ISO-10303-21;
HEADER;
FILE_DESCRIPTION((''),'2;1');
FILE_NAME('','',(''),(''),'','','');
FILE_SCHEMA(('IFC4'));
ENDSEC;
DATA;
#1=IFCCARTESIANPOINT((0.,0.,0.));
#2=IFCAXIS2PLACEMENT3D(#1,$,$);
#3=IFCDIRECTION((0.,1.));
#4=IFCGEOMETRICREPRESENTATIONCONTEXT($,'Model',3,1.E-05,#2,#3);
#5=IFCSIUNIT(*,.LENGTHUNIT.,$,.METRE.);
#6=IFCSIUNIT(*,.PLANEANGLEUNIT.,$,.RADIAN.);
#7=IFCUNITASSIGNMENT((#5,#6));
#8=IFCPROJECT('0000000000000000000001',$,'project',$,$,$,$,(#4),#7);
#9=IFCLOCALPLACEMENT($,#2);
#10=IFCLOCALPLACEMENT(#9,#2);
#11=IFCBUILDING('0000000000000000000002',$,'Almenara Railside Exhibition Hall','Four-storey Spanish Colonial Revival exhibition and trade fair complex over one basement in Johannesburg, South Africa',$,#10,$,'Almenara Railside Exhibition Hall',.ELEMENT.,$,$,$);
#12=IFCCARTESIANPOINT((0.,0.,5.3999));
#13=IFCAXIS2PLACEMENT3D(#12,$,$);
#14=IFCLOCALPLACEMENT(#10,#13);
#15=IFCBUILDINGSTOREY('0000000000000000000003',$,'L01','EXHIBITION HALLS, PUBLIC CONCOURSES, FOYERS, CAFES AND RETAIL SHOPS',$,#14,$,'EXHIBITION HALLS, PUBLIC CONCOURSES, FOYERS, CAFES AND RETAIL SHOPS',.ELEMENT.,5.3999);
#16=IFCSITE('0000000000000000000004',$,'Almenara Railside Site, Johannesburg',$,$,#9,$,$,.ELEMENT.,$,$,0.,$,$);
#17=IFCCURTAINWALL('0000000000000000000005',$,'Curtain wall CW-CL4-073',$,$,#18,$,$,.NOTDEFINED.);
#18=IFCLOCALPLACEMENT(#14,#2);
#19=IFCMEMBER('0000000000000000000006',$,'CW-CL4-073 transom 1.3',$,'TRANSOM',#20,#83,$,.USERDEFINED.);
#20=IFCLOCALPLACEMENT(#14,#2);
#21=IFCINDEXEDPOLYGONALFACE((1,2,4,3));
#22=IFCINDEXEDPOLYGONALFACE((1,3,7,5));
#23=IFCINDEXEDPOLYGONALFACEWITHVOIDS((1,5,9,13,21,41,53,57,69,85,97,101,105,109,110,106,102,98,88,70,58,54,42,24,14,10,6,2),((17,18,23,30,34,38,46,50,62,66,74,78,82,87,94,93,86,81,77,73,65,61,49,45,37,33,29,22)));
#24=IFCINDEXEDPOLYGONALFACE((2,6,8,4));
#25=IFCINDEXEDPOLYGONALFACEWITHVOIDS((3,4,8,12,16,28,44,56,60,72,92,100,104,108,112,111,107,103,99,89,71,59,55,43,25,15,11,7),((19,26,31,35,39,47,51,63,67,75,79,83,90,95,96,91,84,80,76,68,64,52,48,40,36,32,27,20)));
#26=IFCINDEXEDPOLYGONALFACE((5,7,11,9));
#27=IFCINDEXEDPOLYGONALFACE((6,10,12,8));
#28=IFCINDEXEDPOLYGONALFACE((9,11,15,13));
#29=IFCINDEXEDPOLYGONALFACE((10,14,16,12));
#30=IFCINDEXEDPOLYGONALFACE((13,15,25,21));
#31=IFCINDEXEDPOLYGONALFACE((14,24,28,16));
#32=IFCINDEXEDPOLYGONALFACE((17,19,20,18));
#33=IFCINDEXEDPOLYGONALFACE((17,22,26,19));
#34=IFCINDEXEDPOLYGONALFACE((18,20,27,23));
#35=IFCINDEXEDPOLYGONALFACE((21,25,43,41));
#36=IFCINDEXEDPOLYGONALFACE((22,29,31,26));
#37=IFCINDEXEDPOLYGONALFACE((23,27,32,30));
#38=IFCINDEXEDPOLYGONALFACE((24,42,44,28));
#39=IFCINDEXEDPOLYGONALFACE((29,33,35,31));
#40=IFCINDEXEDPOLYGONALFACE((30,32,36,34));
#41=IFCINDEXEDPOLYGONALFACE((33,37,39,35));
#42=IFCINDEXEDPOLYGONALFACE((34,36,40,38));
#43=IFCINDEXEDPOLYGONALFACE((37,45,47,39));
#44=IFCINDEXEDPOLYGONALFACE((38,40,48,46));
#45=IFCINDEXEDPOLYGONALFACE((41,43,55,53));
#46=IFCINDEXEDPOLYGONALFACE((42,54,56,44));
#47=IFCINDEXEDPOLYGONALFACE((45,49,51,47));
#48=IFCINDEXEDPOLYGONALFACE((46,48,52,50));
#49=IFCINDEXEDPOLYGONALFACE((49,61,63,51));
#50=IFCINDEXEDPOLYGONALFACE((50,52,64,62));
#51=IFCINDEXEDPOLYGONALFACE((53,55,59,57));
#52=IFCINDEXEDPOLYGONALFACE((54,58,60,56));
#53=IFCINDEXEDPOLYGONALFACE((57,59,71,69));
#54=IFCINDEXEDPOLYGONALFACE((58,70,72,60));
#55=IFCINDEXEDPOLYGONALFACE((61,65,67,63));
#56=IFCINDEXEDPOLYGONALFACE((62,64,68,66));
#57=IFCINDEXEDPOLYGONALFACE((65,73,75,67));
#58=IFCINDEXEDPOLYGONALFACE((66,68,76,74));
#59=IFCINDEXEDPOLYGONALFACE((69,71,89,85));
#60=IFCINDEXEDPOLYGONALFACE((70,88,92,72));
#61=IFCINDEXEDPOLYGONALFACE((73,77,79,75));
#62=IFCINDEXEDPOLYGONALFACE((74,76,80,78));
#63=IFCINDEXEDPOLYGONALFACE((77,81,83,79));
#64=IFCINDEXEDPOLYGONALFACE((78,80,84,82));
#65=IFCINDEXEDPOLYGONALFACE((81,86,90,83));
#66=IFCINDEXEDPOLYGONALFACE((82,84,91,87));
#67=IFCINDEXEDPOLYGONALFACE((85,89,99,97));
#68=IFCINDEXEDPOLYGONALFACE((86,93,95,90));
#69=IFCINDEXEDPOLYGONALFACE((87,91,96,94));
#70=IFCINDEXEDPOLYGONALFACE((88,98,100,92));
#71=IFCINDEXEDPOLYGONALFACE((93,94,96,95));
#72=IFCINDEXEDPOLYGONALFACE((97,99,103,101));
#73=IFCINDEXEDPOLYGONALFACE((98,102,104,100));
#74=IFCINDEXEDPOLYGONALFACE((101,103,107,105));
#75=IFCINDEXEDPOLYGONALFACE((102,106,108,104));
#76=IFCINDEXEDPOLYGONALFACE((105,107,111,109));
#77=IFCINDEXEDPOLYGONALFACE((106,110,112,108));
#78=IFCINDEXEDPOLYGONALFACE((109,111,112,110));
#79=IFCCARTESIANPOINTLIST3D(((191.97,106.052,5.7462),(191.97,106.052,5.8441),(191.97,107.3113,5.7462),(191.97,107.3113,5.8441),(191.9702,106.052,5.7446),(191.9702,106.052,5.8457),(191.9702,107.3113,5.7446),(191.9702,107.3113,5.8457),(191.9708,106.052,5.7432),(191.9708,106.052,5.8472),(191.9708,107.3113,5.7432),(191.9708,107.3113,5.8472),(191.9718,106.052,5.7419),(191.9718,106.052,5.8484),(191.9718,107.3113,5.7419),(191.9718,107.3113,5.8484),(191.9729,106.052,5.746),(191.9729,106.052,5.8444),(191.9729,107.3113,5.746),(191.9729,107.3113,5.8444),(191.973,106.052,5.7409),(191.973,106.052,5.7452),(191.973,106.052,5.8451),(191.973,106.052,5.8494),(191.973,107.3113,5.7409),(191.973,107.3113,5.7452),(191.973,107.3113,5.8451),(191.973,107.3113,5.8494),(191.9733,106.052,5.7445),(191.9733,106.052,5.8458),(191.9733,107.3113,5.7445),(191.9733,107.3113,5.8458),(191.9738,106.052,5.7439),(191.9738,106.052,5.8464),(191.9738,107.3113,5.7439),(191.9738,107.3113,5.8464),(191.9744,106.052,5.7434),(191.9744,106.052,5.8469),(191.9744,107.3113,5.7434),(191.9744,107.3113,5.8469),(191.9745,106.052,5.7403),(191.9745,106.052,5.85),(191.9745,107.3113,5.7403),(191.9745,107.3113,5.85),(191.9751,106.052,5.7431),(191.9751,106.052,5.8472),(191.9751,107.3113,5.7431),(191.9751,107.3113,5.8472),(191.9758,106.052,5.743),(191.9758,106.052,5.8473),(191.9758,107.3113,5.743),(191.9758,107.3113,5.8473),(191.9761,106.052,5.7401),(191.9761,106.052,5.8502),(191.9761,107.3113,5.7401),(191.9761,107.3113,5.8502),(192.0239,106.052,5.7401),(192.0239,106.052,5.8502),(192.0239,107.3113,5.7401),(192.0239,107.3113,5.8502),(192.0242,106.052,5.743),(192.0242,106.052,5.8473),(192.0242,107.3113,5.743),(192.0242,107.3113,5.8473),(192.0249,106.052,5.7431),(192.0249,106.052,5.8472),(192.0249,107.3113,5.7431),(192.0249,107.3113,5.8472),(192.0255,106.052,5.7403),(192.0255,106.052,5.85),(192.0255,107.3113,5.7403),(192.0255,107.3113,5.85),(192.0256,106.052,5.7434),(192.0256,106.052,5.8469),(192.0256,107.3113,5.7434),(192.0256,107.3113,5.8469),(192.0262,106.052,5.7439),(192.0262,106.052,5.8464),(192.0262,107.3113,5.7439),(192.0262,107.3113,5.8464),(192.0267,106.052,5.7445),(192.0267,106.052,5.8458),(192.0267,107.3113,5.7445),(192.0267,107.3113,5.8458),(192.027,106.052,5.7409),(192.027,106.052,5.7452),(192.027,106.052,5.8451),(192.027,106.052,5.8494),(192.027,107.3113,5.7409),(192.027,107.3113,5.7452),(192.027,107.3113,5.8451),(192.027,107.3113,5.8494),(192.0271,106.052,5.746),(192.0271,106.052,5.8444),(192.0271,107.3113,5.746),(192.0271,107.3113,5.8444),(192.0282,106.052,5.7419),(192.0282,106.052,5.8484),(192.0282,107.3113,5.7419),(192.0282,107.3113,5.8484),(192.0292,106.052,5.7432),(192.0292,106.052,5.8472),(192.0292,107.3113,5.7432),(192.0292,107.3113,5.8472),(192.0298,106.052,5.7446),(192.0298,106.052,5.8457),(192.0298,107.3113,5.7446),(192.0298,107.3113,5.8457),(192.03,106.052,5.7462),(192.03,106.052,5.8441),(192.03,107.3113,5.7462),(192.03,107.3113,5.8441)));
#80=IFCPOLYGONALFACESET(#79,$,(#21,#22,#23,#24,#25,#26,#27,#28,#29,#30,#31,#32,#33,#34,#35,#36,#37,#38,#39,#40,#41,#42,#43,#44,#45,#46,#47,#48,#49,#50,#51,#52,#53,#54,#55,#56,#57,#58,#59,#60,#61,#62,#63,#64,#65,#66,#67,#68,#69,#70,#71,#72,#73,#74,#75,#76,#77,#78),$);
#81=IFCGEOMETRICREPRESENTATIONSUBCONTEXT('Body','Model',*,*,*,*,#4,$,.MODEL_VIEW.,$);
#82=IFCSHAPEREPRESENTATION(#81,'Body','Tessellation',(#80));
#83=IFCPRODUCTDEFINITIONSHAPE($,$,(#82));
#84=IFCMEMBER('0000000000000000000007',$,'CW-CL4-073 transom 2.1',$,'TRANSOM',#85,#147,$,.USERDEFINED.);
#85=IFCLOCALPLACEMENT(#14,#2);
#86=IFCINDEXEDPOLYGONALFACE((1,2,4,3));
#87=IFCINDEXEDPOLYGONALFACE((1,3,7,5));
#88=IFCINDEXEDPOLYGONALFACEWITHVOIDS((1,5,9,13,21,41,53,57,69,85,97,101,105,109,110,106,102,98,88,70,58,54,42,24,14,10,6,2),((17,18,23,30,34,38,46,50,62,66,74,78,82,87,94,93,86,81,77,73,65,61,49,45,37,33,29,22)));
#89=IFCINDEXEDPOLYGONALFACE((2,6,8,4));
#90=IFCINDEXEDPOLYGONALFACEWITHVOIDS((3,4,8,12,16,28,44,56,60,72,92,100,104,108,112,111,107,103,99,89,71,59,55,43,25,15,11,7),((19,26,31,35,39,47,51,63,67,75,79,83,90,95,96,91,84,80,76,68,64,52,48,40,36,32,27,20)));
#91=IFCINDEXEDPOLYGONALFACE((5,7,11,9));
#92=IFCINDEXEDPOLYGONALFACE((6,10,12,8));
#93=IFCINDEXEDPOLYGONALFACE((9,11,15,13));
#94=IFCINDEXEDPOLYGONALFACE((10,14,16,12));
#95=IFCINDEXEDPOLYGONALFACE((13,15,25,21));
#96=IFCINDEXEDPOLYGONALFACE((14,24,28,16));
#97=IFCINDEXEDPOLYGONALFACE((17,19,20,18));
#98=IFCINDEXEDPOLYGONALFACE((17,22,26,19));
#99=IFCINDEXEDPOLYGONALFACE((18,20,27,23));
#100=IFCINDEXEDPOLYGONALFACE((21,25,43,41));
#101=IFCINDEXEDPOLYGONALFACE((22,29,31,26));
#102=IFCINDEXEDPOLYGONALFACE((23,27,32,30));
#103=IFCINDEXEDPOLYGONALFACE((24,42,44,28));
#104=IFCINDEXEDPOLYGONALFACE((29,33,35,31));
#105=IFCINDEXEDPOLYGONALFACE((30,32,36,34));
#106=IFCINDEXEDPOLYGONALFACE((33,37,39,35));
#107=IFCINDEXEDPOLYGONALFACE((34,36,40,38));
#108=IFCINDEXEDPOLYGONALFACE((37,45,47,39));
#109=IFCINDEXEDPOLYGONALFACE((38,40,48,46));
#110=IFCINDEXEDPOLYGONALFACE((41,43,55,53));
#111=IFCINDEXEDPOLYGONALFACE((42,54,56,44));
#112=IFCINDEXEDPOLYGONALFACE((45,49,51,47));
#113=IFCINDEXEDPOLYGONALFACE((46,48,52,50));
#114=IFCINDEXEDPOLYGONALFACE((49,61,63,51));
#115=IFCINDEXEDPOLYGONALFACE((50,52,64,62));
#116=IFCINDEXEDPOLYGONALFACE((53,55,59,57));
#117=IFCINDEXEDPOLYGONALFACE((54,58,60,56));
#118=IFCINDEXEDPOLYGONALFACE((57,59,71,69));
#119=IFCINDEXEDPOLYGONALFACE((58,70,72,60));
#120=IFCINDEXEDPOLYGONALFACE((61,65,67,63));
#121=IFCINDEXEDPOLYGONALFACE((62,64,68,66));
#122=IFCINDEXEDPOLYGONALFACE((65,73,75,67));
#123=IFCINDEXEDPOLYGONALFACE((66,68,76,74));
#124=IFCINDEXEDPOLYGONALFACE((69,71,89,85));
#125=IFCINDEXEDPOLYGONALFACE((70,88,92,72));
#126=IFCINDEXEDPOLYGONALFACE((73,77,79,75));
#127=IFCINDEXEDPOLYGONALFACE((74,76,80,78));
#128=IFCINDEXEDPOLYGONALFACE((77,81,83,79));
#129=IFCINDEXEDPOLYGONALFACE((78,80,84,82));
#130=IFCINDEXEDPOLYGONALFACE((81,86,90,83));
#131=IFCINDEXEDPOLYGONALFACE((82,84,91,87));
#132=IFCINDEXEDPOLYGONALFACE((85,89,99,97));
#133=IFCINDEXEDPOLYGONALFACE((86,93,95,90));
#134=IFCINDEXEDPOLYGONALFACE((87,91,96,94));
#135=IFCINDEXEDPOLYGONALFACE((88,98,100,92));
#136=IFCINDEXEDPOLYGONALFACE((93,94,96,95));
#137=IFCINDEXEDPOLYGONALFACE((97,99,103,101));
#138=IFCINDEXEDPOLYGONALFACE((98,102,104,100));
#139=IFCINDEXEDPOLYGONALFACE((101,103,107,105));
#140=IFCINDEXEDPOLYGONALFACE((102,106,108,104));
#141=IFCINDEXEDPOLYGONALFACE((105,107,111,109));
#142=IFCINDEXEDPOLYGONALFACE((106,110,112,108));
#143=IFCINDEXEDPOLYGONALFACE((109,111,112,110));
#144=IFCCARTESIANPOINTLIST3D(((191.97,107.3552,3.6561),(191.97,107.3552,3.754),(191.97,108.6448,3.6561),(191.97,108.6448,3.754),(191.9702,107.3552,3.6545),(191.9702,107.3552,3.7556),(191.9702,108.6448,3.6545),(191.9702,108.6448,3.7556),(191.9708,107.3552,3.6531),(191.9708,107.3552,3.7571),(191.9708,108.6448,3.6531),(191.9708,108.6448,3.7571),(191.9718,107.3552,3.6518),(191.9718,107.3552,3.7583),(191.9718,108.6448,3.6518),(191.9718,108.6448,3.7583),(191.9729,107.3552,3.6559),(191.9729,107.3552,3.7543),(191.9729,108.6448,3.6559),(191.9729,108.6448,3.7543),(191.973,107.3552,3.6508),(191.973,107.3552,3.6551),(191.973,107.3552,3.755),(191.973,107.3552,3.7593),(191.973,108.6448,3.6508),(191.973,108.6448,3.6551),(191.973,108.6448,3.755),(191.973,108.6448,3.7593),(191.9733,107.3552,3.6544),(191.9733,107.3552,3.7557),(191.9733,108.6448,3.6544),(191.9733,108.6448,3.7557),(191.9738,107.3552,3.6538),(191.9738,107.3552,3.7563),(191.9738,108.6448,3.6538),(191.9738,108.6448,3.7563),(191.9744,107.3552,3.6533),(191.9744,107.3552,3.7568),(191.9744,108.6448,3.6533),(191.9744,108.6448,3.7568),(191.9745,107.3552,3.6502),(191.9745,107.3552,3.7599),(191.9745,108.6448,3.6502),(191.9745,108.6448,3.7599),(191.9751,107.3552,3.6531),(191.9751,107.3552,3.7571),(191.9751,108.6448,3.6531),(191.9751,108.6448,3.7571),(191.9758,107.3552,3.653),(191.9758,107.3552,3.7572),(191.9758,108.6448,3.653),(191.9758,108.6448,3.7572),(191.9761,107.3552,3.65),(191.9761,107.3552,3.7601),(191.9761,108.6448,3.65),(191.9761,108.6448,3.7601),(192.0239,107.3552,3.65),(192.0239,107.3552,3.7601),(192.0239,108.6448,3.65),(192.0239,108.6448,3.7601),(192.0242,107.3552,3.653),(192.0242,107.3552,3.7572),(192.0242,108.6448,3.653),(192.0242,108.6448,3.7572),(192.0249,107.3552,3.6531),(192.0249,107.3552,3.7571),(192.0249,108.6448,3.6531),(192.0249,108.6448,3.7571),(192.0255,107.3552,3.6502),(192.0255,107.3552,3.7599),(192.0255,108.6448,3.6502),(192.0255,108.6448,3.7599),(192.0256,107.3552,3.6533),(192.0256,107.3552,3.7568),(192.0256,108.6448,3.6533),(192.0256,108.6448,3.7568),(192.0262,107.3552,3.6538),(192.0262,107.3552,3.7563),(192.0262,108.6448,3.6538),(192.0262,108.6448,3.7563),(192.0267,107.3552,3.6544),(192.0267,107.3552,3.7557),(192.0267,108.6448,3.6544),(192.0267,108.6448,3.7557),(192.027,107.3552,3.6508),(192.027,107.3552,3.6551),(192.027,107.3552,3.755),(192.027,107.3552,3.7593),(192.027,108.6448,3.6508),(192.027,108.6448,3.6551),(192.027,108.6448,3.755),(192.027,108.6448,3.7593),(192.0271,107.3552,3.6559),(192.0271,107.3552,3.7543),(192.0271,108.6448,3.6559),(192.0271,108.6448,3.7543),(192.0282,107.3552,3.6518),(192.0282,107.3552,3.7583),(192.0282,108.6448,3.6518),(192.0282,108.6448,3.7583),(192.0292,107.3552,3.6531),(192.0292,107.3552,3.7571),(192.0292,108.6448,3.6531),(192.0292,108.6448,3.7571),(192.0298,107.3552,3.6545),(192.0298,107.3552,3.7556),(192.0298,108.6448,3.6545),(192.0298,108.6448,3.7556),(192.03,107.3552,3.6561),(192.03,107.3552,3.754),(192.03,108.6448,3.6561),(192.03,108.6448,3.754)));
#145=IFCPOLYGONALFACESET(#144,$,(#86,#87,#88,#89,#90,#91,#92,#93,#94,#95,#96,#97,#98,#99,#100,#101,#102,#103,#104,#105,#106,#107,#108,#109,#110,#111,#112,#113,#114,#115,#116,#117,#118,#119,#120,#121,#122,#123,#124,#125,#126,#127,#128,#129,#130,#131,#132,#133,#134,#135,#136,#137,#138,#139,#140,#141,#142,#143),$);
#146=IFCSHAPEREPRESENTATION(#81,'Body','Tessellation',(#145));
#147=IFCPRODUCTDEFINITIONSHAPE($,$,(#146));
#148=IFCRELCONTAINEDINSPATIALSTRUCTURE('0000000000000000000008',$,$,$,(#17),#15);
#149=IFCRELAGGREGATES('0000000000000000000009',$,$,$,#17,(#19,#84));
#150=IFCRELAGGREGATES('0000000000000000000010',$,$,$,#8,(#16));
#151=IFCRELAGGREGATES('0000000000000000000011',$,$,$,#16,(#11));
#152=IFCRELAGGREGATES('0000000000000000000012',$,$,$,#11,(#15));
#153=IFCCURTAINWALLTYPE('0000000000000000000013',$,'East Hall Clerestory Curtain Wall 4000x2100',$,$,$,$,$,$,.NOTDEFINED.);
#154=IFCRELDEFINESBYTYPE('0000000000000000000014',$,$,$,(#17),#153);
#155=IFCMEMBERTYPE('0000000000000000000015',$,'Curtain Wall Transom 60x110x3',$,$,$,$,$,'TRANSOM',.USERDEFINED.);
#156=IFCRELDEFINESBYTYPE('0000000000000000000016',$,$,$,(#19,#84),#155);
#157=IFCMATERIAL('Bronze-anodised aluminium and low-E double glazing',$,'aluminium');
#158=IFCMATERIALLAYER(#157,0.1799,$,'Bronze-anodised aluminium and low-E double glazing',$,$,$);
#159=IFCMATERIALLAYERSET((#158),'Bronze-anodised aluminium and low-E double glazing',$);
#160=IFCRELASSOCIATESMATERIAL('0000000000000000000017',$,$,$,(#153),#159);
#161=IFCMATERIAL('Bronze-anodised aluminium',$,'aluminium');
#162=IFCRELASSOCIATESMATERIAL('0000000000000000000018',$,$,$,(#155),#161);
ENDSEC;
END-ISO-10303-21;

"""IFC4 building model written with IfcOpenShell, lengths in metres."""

from ifc_helpers import new_model, si_unit, direction, frame, origin, origin_2d, place, context, subcontext, project, spatial, hollow_rectangle, extrude, material, layer, layer_set, material_profile, profile_set, type_object, element, aggregate, save


model = new_model("IFC4")

# Units and contexts
model_context = context("Model", 3, precision=1e-05, world=origin(), true_north=direction((0.0, 1.0)))
body_context = subcontext(model_context, "Body", "Model", "MODEL_VIEW")
ifc_project = project(units=[si_unit("LENGTHUNIT", "METRE"), si_unit("PLANEANGLEUNIT", "RADIAN")], contexts=[model_context])

# Site, building, storey
site_placement = place(None, origin())
site = spatial("IfcSite", under=ifc_project, at=site_placement, Name="Almenara Railside Site, Johannesburg", CompositionType="ELEMENT", RefElevation=0.0)
building_placement = place(site_placement, origin())
building = spatial("IfcBuilding", under=site, at=building_placement, Name="Almenara Railside Exhibition Hall", Description="Four-storey Spanish Colonial Revival exhibition and trade fair complex over one basement in Johannesburg, South Africa", LongName="Almenara Railside Exhibition Hall", CompositionType="ELEMENT")
storey_placement = place(building_placement, frame((0.0, 0.0, 5.3999)))
storey = spatial("IfcBuildingStorey", under=building, at=storey_placement, Name="L01", Description="EXHIBITION HALLS, PUBLIC CONCOURSES, FOYERS, CAFES AND RETAIL SHOPS", LongName="EXHIBITION HALLS, PUBLIC CONCOURSES, FOYERS, CAFES AND RETAIL SHOPS", CompositionType="ELEMENT", Elevation=5.3999)

# Shared definitions
ifc_material_1 = material(Name="Bronze-anodised aluminium and low-E double glazing", Category="aluminium")
ifc_material_2 = material(Name="Bronze-anodised aluminium", Category="aluminium")

# Curtain wall
ifc_layer_1 = layer(ifc_material_1, 0.1799, Name="Bronze-anodised aluminium and low-E double glazing")
ifc_layer_set_1 = layer_set([ifc_layer_1], Name="Bronze-anodised aluminium and low-E double glazing")
curtain_wall_type_1 = type_object("IfcCurtainWallType", Name="East Hall Clerestory Curtain Wall 4000x2100", PredefinedType="NOTDEFINED", material=ifc_layer_set_1)
curtain_wall_1_placement = place(storey_placement, origin())
curtain_wall_1 = element("IfcCurtainWall", 1, at=curtain_wall_1_placement, inside=storey, type_object=curtain_wall_type_1, Name="Curtain wall CW-CL4-073", PredefinedType="NOTDEFINED")

# Members
ifc_material_profile_1 = material_profile(ifc_material_2, hollow_rectangle(XDim=0.0601, YDim=0.1101, WallThickness=0.0029, InnerFilletRadius=0.0029, OuterFilletRadius=0.0061, at=origin_2d()), Name="ALU-TRN 60x110x3")
ifc_profile_set_1 = profile_set([ifc_material_profile_1], Name="Bronze-anodised aluminium")
member_type_1 = type_object("IfcMemberType", Name="Curtain Wall Transom 60x110x3", ElementType="TRANSOM", PredefinedType="USERDEFINED", material=ifc_profile_set_1)
member_1_placement = place(storey_placement, frame((192.0, 106.052, 5.7952), z_axis=(0.0, 1.0, 0.0), x_axis=(-1.0, 0.0, 0.0)))
member_1 = element("IfcMember", 2, at=member_1_placement, type_object=member_type_1, Name="CW-CL4-073 transom 1.3", ObjectType="TRANSOM", PredefinedType="USERDEFINED", context=body_context, shape_type="SweptSolid", body=[
    extrude(hollow_rectangle(XDim=0.0601, YDim=0.1101, WallThickness=0.0029, InnerFilletRadius=0.0029, OuterFilletRadius=0.0061, at=origin_2d()), origin(), (0.0, 0.0, 1.0), 1.2593),
])
member_2_placement = place(storey_placement, frame((192.0, 107.3552, 3.7051), z_axis=(0.0, 1.0, 0.0), x_axis=(-1.0, 0.0, 0.0)))
member_2 = element("IfcMember", 3, at=member_2_placement, type_object=member_type_1, Name="CW-CL4-073 transom 2.1", ObjectType="TRANSOM", PredefinedType="USERDEFINED", context=body_context, shape_type="SweptSolid", body=[
    extrude(hollow_rectangle(XDim=0.0601, YDim=0.1101, WallThickness=0.0029, InnerFilletRadius=0.0029, OuterFilletRadius=0.0061, at=origin_2d()), origin(), (0.0, 0.0, 1.0), 1.2896),
])

aggregate(curtain_wall_1, [member_1, member_2])

save(model, "model.ifc")
